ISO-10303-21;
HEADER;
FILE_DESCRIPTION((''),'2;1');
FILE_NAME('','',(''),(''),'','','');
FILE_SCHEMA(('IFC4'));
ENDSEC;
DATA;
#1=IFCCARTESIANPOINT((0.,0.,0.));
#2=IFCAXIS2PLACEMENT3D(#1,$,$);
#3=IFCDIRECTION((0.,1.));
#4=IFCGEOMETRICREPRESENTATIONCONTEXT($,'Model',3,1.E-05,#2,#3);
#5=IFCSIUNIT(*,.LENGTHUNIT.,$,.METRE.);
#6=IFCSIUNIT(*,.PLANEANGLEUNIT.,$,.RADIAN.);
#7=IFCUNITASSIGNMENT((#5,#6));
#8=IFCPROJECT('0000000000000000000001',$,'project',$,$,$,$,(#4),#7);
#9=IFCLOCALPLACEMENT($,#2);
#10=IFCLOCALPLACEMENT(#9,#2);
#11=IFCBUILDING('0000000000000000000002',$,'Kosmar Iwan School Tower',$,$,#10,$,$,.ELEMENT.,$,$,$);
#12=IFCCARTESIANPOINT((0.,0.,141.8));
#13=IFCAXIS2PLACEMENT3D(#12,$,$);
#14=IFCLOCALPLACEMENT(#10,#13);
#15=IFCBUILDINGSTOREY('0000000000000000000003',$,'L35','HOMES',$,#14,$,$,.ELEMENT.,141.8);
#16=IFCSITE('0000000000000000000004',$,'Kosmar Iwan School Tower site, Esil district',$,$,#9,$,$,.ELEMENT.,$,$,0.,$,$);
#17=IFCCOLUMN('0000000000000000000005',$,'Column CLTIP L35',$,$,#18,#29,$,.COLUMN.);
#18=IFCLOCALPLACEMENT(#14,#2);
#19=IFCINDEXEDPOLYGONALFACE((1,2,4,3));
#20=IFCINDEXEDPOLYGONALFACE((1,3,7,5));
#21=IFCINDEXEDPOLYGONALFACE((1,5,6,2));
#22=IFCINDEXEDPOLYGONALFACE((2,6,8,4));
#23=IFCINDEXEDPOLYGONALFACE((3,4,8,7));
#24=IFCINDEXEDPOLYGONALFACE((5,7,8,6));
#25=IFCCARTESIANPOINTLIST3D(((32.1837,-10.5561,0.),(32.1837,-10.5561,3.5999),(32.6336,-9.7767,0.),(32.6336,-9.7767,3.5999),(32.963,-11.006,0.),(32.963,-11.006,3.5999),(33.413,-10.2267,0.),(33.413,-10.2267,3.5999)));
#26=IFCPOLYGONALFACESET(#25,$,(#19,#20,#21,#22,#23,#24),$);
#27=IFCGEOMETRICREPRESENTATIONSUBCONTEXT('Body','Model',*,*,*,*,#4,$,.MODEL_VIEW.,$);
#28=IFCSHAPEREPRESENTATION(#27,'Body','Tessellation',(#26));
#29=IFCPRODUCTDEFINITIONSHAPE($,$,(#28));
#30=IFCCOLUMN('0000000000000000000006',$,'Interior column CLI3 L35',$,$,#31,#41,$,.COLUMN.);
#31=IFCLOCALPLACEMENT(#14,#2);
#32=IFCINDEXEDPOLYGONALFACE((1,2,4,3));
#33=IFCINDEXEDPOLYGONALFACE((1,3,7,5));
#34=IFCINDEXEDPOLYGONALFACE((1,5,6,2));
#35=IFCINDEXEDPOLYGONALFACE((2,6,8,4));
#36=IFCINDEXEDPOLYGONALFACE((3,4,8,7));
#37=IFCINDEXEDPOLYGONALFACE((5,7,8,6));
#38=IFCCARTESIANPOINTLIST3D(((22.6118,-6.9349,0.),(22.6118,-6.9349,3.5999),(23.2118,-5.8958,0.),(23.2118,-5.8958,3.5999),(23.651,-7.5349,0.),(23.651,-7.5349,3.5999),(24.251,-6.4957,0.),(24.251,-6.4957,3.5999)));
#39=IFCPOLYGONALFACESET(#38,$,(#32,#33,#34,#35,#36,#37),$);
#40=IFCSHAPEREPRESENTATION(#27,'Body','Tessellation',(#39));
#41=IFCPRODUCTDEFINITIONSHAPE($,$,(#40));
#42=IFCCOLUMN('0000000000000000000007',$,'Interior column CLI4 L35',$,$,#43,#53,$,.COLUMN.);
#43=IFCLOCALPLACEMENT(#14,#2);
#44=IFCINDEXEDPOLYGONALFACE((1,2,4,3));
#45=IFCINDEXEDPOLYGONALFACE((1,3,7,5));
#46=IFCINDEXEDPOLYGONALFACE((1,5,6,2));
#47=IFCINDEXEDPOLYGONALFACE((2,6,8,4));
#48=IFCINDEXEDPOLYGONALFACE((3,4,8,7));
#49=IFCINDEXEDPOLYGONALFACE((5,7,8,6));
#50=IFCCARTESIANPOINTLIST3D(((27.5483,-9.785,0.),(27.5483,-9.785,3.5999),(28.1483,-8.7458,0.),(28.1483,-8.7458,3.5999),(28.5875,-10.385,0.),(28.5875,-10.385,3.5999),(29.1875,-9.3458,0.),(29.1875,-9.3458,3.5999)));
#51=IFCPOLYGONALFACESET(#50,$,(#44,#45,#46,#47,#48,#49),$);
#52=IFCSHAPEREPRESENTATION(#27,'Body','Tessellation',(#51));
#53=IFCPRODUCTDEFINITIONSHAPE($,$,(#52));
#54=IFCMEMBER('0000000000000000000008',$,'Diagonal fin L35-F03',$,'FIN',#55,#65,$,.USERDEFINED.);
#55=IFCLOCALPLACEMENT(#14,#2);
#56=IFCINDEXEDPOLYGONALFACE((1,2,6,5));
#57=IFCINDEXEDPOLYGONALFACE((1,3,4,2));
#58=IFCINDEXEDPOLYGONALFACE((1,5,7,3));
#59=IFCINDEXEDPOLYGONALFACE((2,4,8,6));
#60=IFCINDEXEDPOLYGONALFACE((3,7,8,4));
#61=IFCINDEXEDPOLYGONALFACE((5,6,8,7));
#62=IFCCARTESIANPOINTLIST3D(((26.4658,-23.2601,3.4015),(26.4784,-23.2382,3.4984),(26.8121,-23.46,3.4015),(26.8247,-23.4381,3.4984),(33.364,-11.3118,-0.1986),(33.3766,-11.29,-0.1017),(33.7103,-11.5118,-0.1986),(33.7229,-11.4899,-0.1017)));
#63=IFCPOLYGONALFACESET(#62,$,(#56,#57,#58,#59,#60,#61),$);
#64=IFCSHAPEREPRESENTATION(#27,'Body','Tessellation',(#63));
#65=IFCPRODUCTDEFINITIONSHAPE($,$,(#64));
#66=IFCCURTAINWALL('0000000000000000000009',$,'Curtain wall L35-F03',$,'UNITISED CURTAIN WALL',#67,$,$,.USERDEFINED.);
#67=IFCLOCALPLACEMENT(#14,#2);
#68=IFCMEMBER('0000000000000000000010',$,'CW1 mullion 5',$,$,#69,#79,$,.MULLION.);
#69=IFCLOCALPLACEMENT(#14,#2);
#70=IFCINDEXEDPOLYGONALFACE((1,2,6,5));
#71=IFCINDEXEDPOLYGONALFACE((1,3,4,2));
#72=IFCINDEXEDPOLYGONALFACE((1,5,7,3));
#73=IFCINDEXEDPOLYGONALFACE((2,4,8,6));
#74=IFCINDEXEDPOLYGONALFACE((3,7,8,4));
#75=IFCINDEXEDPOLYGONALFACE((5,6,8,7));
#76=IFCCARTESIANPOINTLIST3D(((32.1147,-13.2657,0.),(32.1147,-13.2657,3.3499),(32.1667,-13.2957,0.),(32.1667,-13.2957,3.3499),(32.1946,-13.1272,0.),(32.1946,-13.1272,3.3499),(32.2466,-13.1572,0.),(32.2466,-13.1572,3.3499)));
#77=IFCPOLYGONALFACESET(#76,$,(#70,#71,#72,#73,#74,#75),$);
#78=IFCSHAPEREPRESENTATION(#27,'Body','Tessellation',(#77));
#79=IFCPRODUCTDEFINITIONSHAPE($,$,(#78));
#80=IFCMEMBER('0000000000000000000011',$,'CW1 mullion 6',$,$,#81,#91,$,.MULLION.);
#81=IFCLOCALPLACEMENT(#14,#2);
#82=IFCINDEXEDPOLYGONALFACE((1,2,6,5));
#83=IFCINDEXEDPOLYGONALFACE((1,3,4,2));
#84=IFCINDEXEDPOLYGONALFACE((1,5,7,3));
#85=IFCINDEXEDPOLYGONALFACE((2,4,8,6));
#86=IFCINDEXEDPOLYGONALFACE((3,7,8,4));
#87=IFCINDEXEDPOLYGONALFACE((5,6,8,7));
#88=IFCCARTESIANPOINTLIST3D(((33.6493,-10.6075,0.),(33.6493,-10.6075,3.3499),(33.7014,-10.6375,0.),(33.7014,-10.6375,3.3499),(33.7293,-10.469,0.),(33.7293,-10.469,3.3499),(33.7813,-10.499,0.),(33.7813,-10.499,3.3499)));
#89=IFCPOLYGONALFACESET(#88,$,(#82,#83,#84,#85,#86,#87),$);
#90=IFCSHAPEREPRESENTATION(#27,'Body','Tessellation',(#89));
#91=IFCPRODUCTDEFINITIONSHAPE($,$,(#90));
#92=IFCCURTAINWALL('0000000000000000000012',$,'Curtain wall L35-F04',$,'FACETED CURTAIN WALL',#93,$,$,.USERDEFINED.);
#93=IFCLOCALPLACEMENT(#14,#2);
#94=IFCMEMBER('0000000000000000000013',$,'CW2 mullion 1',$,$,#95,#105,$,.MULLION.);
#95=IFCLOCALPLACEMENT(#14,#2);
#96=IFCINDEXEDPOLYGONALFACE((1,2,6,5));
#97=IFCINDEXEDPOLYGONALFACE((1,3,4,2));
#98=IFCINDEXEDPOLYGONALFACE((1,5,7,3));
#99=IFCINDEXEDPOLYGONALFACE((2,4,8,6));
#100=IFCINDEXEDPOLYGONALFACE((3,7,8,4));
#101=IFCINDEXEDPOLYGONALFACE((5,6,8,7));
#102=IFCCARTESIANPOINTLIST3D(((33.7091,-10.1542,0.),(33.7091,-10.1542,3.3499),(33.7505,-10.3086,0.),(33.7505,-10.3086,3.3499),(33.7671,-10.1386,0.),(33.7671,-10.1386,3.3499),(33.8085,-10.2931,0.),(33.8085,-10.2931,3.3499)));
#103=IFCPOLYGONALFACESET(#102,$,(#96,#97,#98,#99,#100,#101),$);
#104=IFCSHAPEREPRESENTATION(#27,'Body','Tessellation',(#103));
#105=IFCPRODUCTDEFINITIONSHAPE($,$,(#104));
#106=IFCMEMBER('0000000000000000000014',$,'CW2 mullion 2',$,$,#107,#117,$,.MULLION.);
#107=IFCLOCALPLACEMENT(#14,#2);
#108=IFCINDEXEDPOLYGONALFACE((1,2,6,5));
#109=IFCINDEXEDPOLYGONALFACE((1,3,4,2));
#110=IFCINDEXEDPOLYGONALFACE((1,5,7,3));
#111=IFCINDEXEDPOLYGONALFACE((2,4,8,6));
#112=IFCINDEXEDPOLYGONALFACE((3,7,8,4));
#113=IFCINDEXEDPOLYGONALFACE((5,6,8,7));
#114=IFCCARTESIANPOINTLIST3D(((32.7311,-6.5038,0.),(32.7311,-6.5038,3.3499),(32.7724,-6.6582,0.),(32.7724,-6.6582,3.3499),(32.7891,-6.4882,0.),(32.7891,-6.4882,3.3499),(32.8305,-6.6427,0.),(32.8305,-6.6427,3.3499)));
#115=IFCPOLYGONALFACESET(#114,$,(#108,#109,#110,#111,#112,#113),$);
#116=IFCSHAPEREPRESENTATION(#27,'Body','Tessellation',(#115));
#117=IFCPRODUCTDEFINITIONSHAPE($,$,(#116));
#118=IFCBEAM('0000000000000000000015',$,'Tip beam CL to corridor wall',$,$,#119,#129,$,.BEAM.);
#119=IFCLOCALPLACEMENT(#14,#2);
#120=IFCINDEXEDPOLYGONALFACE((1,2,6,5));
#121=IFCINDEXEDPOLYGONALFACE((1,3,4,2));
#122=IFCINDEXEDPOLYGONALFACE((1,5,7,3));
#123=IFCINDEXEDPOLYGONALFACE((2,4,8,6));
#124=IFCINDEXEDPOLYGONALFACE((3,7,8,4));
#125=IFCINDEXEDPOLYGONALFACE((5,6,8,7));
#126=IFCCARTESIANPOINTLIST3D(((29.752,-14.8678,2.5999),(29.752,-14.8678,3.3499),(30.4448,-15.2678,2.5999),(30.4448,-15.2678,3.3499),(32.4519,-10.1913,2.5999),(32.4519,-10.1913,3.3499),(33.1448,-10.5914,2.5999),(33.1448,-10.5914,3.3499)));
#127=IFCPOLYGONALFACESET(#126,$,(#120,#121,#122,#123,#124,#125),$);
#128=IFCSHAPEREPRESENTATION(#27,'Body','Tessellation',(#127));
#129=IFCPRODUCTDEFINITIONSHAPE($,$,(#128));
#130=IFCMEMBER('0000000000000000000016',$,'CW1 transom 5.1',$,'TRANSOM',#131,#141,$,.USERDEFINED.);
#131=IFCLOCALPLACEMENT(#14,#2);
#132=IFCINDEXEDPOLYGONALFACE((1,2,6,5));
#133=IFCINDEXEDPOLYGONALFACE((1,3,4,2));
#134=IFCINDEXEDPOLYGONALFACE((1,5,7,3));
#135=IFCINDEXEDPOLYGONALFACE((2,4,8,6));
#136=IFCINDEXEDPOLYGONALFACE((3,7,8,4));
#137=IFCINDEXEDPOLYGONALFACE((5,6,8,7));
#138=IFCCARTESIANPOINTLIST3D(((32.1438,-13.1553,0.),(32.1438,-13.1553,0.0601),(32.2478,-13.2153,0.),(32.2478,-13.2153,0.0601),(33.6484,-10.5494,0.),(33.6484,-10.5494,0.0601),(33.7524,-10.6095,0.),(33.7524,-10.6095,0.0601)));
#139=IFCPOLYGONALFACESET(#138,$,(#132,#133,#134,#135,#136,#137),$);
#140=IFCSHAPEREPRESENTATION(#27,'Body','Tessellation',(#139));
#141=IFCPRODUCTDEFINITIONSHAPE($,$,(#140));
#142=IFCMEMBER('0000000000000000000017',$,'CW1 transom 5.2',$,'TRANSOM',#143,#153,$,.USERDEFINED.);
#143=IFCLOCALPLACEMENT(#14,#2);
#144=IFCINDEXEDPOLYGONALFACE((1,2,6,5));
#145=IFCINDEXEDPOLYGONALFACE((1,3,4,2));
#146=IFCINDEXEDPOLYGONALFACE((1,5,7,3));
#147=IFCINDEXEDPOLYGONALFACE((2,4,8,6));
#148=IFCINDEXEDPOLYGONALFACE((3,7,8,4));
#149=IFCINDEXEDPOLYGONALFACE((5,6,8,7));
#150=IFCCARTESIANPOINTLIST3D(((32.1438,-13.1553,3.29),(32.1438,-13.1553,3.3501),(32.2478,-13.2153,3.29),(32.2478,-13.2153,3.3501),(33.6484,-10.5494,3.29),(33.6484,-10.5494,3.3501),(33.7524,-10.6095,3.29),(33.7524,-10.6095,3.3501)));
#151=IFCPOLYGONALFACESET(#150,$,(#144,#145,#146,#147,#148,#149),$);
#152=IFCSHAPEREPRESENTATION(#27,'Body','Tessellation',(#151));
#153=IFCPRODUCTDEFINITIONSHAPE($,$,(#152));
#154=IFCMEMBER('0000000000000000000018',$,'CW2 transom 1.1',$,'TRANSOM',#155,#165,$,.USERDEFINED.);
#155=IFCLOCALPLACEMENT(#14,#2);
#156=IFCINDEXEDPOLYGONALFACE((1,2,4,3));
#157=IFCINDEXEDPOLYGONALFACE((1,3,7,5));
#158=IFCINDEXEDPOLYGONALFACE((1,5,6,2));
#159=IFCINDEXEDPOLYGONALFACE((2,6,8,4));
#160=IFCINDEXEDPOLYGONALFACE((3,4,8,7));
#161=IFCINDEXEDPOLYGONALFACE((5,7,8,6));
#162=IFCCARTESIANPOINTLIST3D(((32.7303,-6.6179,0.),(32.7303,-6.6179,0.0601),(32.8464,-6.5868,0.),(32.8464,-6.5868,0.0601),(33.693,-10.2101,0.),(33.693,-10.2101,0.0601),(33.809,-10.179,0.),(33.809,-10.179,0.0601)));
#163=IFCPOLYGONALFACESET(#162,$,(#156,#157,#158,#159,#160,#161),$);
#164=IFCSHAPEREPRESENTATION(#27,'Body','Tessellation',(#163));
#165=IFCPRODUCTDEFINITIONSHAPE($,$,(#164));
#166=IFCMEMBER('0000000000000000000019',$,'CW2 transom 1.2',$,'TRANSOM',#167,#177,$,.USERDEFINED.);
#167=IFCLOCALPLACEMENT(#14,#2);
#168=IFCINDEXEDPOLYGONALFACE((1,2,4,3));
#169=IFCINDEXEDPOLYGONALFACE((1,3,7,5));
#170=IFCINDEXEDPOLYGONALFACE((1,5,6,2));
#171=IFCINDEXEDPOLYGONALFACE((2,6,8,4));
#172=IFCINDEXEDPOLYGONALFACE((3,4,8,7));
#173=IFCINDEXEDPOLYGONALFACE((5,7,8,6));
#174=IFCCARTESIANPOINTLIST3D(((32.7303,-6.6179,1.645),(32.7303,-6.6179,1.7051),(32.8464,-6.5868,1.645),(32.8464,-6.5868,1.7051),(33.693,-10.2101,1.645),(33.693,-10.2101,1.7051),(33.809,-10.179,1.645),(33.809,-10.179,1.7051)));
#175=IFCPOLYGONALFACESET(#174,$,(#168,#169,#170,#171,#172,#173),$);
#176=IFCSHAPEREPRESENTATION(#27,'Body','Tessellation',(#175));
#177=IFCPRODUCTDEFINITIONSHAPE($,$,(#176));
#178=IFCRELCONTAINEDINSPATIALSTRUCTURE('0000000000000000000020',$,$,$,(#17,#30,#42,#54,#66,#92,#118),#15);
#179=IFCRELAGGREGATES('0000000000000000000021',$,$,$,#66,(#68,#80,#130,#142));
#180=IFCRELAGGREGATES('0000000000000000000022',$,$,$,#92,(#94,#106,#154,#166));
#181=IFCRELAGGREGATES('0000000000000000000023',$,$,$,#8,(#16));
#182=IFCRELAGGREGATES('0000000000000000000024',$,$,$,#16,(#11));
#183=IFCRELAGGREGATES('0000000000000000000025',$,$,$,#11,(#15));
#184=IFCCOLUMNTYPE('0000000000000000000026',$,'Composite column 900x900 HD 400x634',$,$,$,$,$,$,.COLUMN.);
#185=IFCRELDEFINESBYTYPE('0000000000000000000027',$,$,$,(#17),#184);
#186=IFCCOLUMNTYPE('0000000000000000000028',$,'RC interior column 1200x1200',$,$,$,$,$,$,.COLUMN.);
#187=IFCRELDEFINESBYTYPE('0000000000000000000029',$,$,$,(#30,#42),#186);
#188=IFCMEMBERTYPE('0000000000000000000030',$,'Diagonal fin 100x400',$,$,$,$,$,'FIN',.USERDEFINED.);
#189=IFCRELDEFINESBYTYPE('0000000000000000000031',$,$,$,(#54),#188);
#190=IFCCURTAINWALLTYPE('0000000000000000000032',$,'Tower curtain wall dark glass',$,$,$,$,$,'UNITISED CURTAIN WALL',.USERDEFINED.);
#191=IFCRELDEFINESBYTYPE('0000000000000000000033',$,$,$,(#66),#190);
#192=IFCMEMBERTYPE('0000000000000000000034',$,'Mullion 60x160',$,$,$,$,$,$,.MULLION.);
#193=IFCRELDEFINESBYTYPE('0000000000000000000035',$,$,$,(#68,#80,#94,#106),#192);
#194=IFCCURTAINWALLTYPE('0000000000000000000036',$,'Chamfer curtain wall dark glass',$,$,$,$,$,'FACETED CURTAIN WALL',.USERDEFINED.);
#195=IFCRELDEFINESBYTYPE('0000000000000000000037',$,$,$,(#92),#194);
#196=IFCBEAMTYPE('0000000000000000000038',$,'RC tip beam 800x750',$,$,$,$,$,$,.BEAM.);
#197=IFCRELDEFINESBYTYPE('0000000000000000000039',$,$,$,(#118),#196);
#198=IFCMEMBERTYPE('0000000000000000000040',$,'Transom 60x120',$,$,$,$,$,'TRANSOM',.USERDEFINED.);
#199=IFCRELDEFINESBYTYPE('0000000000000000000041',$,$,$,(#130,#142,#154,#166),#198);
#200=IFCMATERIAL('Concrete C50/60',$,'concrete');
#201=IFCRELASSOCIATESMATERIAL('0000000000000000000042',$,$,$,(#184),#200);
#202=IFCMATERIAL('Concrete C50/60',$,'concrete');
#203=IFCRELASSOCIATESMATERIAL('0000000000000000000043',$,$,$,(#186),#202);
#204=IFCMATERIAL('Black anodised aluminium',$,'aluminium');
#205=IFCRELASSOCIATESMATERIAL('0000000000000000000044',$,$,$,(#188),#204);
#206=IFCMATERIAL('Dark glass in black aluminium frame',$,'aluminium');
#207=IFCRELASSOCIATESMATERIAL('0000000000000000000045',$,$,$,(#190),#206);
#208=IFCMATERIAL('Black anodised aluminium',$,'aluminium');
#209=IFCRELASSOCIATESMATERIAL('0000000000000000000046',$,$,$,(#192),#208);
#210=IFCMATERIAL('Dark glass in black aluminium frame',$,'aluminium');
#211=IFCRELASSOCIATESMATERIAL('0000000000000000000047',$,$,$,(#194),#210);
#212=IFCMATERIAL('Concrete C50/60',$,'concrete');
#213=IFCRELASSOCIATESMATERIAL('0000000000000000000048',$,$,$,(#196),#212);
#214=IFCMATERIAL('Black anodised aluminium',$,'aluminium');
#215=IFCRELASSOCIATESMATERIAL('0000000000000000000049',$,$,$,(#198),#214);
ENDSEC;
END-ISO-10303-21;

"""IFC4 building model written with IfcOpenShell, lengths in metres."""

from ifc_helpers import new_model, si_unit, direction, frame, origin, origin_2d, place, context, subcontext, project, spatial, rectangle, extrude, material, material_profile, profile_set, type_object, element, aggregate, save


model = new_model("IFC4")

# Units and contexts
model_context = context("Model", 3, precision=1e-05, world=origin(), true_north=direction((0.0, 1.0)))
body_context = subcontext(model_context, "Body", "Model", "MODEL_VIEW")
ifc_project = project(units=[si_unit("LENGTHUNIT", "METRE"), si_unit("PLANEANGLEUNIT", "RADIAN")], contexts=[model_context])

# Site, building, storey
site_placement = place(None, origin())
site = spatial("IfcSite", under=ifc_project, at=site_placement, Name="Kosmar Iwan School Tower site, Esil district", CompositionType="ELEMENT", RefElevation=0.0)
building_placement = place(site_placement, origin())
building = spatial("IfcBuilding", under=site, at=building_placement, Name="Kosmar Iwan School Tower", CompositionType="ELEMENT")
storey_placement = place(building_placement, frame((0.0, 0.0, 141.8)))
storey = spatial("IfcBuildingStorey", under=building, at=storey_placement, Name="L35", Description="HOMES", CompositionType="ELEMENT", Elevation=141.8)

# Columns
ifc_material_1 = material(Name="Concrete C50/60", Category="concrete")
ifc_material_profile_1 = material_profile(ifc_material_1, rectangle(XDim=0.8999, YDim=0.8999, at=origin_2d()), Name="RC 900x900 + HD 400x634")
ifc_profile_set_1 = profile_set([ifc_material_profile_1], Name="Concrete C50/60")
column_type_1 = type_object("IfcColumnType", Name="Composite column 900x900 HD 400x634", PredefinedType="COLUMN", material=ifc_profile_set_1)
column_placement = place(storey_placement, frame((32.7983, -10.3914, 0.0), z_axis=(0.0, 0.0, 1.0), x_axis=(0.866025, -0.5, 0.0)))
element("IfcColumn", 1, at=column_placement, inside=storey, type_object=column_type_1, Name="Column CLTIP L35", PredefinedType="COLUMN", context=body_context, shape_type="SweptSolid", body=[
    extrude(rectangle(XDim=0.8999, YDim=0.8999, at=origin_2d()), origin(), (0.0, 0.0, 1.0), 3.5999),
])
ifc_material_2 = material(Name="Concrete C50/60", Category="concrete")
ifc_material_profile_2 = material_profile(ifc_material_2, rectangle(XDim=1.2, YDim=1.2, at=origin_2d()), Name="RC 1200x1200")
ifc_profile_set_2 = profile_set([ifc_material_profile_2], Name="Concrete C50/60")
column_type_2 = type_object("IfcColumnType", Name="RC interior column 1200x1200", PredefinedType="COLUMN", material=ifc_profile_set_2)
for number, where, z_axis, x_axis, name in (
    (2, (23.4314, -6.7153, 0.0), (0.0, 0.0, 1.0), (0.866025, -0.5, 0.0), "Interior column CLI3 L35"),
    (3, (28.3679, -9.5654, 0.0), (0.0, 0.0, 1.0), (0.866025, -0.5, 0.0), "Interior column CLI4 L35"),
):
    element("IfcColumn", number, at=place(storey_placement, frame(where, z_axis=z_axis, x_axis=x_axis)), inside=storey, type_object=column_type_2, Name=name, PredefinedType="COLUMN", context=body_context, shape_type="SweptSolid", body=[
        extrude(rectangle(XDim=1.2, YDim=1.2, at=origin_2d()), origin(), (0.0, 0.0, 1.0), 3.5999),
    ])

# Member
ifc_material_3 = material(Name="Black anodised aluminium", Category="aluminium")
ifc_material_profile_3 = material_profile(ifc_material_3, rectangle(XDim=0.1001, YDim=0.3999, at=origin_2d()), Name="FIN 100x400")
ifc_profile_set_3 = profile_set([ifc_material_profile_3], Name="Black anodised aluminium")
member_type_1 = type_object("IfcMemberType", Name="Diagonal fin 100x400", ElementType="FIN", PredefinedType="USERDEFINED", material=ifc_profile_set_3)
member_1_placement = place(storey_placement, frame((33.5435, -11.4009, -0.1501), z_axis=(-0.483793, -0.83797, 0.252487), x_axis=(0.126242, 0.218661, 0.9676)))
element("IfcMember", 4, at=member_1_placement, inside=storey, type_object=member_type_1, Name="Diagonal fin L35-F03", ObjectType="FIN", PredefinedType="USERDEFINED", context=body_context, shape_type="SweptSolid", body=[
    extrude(rectangle(XDim=0.1001, YDim=0.3999, at=origin_2d()), origin(), (0.0, 0.0, 1.0), 14.2585),
])

# Curtain walls, members
ifc_material_4 = material(Name="Dark glass in black aluminium frame", Category="aluminium")
curtain_wall_type_1 = type_object("IfcCurtainWallType", Name="Tower curtain wall dark glass", ElementType="UNITISED CURTAIN WALL", PredefinedType="USERDEFINED", material=ifc_material_4)
curtain_wall_1_placement = place(storey_placement, origin())
curtain_wall_1 = element("IfcCurtainWall", 5, at=curtain_wall_1_placement, inside=storey, type_object=curtain_wall_type_1, Name="Curtain wall L35-F03", ObjectType="UNITISED CURTAIN WALL", PredefinedType="USERDEFINED")
ifc_material_5 = material(Name="Black anodised aluminium", Category="aluminium")
ifc_material_profile_4 = material_profile(ifc_material_5, rectangle(XDim=0.0601, YDim=0.1599, at=origin_2d()), Name="MULLION 60x160")
ifc_profile_set_4 = profile_set([ifc_material_profile_4], Name="Black anodised aluminium")
member_type_2 = type_object("IfcMemberType", Name="Mullion 60x160", PredefinedType="MULLION", material=ifc_profile_set_4)
member_2_placement = place(storey_placement, frame((32.1807, -13.2114, 0.0), z_axis=(0.0, 0.0, 1.0), x_axis=(-0.866025, 0.5, 0.0)))
member_2 = element("IfcMember", 6, at=member_2_placement, type_object=member_type_2, Name="CW1 mullion 5", PredefinedType="MULLION", context=body_context, shape_type="SweptSolid", body=[
    extrude(rectangle(XDim=0.0601, YDim=0.1599, at=origin_2d()), origin(), (0.0, 0.0, 1.0), 3.3499),
])
member_3_placement = place(storey_placement, frame((33.7153, -10.5532, 0.0), z_axis=(0.0, 0.0, 1.0), x_axis=(-0.866025, 0.5, 0.0)))
member_3 = element("IfcMember", 7, at=member_3_placement, type_object=member_type_2, Name="CW1 mullion 6", PredefinedType="MULLION", context=body_context, shape_type="SweptSolid", body=[
    extrude(rectangle(XDim=0.0601, YDim=0.1599, at=origin_2d()), origin(), (0.0, 0.0, 1.0), 3.3499),
])
ifc_material_6 = material(Name="Dark glass in black aluminium frame", Category="aluminium")
curtain_wall_type_2 = type_object("IfcCurtainWallType", Name="Chamfer curtain wall dark glass", ElementType="FACETED CURTAIN WALL", PredefinedType="USERDEFINED", material=ifc_material_6)
curtain_wall_2_placement = place(storey_placement, origin())
curtain_wall_2 = element("IfcCurtainWall", 8, at=curtain_wall_2_placement, inside=storey, type_object=curtain_wall_type_2, Name="Curtain wall L35-F04", ObjectType="FACETED CURTAIN WALL", PredefinedType="USERDEFINED")
member_4_placement = place(storey_placement, frame((33.7588, -10.2236, 0.0), z_axis=(0.0, 0.0, 1.0), x_axis=(-0.965926, -0.258819, 0.0)))
member_4 = element("IfcMember", 9, at=member_4_placement, type_object=member_type_2, Name="CW2 mullion 1", PredefinedType="MULLION", context=body_context, shape_type="SweptSolid", body=[
    extrude(rectangle(XDim=0.0601, YDim=0.1599, at=origin_2d()), origin(), (0.0, 0.0, 1.0), 3.3499),
])
member_5_placement = place(storey_placement, frame((32.7808, -6.5732, 0.0), z_axis=(0.0, 0.0, 1.0), x_axis=(-0.965926, -0.258819, 0.0)))
member_5 = element("IfcMember", 10, at=member_5_placement, type_object=member_type_2, Name="CW2 mullion 2", PredefinedType="MULLION", context=body_context, shape_type="SweptSolid", body=[
    extrude(rectangle(XDim=0.0601, YDim=0.1599, at=origin_2d()), origin(), (0.0, 0.0, 1.0), 3.3499),
])

# Beam
ifc_material_7 = material(Name="Concrete C50/60", Category="concrete")
ifc_material_profile_5 = material_profile(ifc_material_7, rectangle(XDim=0.8, YDim=0.75, at=origin_2d()), Name="RC 800x750")
ifc_profile_set_5 = profile_set([ifc_material_profile_5], Name="Concrete C50/60")
beam_type = type_object("IfcBeamType", Name="RC tip beam 800x750", PredefinedType="BEAM", material=ifc_profile_set_5)
beam_placement = place(storey_placement, frame((32.7983, -10.3914, 2.9749), z_axis=(-0.499995, -0.866028, 0.0), x_axis=(0.866028, -0.499995, 0.0)))
element("IfcBeam", 11, at=beam_placement, inside=storey, type_object=beam_type, Name="Tip beam CL to corridor wall", PredefinedType="BEAM", context=body_context, shape_type="SweptSolid", body=[
    extrude(rectangle(XDim=0.8, YDim=0.75, at=origin_2d()), origin(), (0.0, 0.0, 1.0), 5.3999),
])

# Members
ifc_material_8 = material(Name="Black anodised aluminium", Category="aluminium")
ifc_material_profile_6 = material_profile(ifc_material_8, rectangle(XDim=0.1201, YDim=0.0601, at=origin_2d()), Name="TRANSOM 60x120")
ifc_profile_set_6 = profile_set([ifc_material_profile_6], Name="Black anodised aluminium")
member_type_3 = type_object("IfcMemberType", Name="Transom 60x120", ElementType="TRANSOM", PredefinedType="USERDEFINED", material=ifc_profile_set_6)
member_6_placement = place(storey_placement, frame((32.1958, -13.1853, 0.03), z_axis=(0.500022, 0.866013, 0.0), x_axis=(-0.866013, 0.500022, 0.0)))
member_6 = element("IfcMember", 12, at=member_6_placement, type_object=member_type_3, Name="CW1 transom 5.1", ObjectType="TRANSOM", PredefinedType="USERDEFINED", context=body_context, shape_type="SweptSolid", body=[
    extrude(rectangle(XDim=0.1201, YDim=0.0601, at=origin_2d()), origin(), (0.0, 0.0, 1.0), 3.009),
])
member_7_placement = place(storey_placement, frame((32.1958, -13.1853, 3.3201), z_axis=(0.500022, 0.866013, 0.0), x_axis=(-0.866013, 0.500022, 0.0)))
member_7 = element("IfcMember", 13, at=member_7_placement, type_object=member_type_3, Name="CW1 transom 5.2", ObjectType="TRANSOM", PredefinedType="USERDEFINED", context=body_context, shape_type="SweptSolid", body=[
    extrude(rectangle(XDim=0.1201, YDim=0.0601, at=origin_2d()), origin(), (0.0, 0.0, 1.0), 3.009),
])
member_8_placement = place(storey_placement, frame((33.751, -10.1946, 0.03), z_axis=(-0.258843, 0.965919, 0.0), x_axis=(-0.965919, -0.258843, 0.0)))
member_8 = element("IfcMember", 14, at=member_8_placement, type_object=member_type_3, Name="CW2 transom 1.1", ObjectType="TRANSOM", PredefinedType="USERDEFINED", context=body_context, shape_type="SweptSolid", body=[
    extrude(rectangle(XDim=0.1201, YDim=0.0601, at=origin_2d()), origin(), (0.0, 0.0, 1.0), 3.719),
])
member_9_placement = place(storey_placement, frame((33.751, -10.1946, 1.675), z_axis=(-0.258843, 0.965919, 0.0), x_axis=(-0.965919, -0.258843, 0.0)))
member_9 = element("IfcMember", 15, at=member_9_placement, type_object=member_type_3, Name="CW2 transom 1.2", ObjectType="TRANSOM", PredefinedType="USERDEFINED", context=body_context, shape_type="SweptSolid", body=[
    extrude(rectangle(XDim=0.1201, YDim=0.0601, at=origin_2d()), origin(), (0.0, 0.0, 1.0), 3.719),
])

aggregate(curtain_wall_1, [member_2, member_3, member_6, member_7])
aggregate(curtain_wall_2, [member_4, member_5, member_8, member_9])

save(model, "model.ifc")
